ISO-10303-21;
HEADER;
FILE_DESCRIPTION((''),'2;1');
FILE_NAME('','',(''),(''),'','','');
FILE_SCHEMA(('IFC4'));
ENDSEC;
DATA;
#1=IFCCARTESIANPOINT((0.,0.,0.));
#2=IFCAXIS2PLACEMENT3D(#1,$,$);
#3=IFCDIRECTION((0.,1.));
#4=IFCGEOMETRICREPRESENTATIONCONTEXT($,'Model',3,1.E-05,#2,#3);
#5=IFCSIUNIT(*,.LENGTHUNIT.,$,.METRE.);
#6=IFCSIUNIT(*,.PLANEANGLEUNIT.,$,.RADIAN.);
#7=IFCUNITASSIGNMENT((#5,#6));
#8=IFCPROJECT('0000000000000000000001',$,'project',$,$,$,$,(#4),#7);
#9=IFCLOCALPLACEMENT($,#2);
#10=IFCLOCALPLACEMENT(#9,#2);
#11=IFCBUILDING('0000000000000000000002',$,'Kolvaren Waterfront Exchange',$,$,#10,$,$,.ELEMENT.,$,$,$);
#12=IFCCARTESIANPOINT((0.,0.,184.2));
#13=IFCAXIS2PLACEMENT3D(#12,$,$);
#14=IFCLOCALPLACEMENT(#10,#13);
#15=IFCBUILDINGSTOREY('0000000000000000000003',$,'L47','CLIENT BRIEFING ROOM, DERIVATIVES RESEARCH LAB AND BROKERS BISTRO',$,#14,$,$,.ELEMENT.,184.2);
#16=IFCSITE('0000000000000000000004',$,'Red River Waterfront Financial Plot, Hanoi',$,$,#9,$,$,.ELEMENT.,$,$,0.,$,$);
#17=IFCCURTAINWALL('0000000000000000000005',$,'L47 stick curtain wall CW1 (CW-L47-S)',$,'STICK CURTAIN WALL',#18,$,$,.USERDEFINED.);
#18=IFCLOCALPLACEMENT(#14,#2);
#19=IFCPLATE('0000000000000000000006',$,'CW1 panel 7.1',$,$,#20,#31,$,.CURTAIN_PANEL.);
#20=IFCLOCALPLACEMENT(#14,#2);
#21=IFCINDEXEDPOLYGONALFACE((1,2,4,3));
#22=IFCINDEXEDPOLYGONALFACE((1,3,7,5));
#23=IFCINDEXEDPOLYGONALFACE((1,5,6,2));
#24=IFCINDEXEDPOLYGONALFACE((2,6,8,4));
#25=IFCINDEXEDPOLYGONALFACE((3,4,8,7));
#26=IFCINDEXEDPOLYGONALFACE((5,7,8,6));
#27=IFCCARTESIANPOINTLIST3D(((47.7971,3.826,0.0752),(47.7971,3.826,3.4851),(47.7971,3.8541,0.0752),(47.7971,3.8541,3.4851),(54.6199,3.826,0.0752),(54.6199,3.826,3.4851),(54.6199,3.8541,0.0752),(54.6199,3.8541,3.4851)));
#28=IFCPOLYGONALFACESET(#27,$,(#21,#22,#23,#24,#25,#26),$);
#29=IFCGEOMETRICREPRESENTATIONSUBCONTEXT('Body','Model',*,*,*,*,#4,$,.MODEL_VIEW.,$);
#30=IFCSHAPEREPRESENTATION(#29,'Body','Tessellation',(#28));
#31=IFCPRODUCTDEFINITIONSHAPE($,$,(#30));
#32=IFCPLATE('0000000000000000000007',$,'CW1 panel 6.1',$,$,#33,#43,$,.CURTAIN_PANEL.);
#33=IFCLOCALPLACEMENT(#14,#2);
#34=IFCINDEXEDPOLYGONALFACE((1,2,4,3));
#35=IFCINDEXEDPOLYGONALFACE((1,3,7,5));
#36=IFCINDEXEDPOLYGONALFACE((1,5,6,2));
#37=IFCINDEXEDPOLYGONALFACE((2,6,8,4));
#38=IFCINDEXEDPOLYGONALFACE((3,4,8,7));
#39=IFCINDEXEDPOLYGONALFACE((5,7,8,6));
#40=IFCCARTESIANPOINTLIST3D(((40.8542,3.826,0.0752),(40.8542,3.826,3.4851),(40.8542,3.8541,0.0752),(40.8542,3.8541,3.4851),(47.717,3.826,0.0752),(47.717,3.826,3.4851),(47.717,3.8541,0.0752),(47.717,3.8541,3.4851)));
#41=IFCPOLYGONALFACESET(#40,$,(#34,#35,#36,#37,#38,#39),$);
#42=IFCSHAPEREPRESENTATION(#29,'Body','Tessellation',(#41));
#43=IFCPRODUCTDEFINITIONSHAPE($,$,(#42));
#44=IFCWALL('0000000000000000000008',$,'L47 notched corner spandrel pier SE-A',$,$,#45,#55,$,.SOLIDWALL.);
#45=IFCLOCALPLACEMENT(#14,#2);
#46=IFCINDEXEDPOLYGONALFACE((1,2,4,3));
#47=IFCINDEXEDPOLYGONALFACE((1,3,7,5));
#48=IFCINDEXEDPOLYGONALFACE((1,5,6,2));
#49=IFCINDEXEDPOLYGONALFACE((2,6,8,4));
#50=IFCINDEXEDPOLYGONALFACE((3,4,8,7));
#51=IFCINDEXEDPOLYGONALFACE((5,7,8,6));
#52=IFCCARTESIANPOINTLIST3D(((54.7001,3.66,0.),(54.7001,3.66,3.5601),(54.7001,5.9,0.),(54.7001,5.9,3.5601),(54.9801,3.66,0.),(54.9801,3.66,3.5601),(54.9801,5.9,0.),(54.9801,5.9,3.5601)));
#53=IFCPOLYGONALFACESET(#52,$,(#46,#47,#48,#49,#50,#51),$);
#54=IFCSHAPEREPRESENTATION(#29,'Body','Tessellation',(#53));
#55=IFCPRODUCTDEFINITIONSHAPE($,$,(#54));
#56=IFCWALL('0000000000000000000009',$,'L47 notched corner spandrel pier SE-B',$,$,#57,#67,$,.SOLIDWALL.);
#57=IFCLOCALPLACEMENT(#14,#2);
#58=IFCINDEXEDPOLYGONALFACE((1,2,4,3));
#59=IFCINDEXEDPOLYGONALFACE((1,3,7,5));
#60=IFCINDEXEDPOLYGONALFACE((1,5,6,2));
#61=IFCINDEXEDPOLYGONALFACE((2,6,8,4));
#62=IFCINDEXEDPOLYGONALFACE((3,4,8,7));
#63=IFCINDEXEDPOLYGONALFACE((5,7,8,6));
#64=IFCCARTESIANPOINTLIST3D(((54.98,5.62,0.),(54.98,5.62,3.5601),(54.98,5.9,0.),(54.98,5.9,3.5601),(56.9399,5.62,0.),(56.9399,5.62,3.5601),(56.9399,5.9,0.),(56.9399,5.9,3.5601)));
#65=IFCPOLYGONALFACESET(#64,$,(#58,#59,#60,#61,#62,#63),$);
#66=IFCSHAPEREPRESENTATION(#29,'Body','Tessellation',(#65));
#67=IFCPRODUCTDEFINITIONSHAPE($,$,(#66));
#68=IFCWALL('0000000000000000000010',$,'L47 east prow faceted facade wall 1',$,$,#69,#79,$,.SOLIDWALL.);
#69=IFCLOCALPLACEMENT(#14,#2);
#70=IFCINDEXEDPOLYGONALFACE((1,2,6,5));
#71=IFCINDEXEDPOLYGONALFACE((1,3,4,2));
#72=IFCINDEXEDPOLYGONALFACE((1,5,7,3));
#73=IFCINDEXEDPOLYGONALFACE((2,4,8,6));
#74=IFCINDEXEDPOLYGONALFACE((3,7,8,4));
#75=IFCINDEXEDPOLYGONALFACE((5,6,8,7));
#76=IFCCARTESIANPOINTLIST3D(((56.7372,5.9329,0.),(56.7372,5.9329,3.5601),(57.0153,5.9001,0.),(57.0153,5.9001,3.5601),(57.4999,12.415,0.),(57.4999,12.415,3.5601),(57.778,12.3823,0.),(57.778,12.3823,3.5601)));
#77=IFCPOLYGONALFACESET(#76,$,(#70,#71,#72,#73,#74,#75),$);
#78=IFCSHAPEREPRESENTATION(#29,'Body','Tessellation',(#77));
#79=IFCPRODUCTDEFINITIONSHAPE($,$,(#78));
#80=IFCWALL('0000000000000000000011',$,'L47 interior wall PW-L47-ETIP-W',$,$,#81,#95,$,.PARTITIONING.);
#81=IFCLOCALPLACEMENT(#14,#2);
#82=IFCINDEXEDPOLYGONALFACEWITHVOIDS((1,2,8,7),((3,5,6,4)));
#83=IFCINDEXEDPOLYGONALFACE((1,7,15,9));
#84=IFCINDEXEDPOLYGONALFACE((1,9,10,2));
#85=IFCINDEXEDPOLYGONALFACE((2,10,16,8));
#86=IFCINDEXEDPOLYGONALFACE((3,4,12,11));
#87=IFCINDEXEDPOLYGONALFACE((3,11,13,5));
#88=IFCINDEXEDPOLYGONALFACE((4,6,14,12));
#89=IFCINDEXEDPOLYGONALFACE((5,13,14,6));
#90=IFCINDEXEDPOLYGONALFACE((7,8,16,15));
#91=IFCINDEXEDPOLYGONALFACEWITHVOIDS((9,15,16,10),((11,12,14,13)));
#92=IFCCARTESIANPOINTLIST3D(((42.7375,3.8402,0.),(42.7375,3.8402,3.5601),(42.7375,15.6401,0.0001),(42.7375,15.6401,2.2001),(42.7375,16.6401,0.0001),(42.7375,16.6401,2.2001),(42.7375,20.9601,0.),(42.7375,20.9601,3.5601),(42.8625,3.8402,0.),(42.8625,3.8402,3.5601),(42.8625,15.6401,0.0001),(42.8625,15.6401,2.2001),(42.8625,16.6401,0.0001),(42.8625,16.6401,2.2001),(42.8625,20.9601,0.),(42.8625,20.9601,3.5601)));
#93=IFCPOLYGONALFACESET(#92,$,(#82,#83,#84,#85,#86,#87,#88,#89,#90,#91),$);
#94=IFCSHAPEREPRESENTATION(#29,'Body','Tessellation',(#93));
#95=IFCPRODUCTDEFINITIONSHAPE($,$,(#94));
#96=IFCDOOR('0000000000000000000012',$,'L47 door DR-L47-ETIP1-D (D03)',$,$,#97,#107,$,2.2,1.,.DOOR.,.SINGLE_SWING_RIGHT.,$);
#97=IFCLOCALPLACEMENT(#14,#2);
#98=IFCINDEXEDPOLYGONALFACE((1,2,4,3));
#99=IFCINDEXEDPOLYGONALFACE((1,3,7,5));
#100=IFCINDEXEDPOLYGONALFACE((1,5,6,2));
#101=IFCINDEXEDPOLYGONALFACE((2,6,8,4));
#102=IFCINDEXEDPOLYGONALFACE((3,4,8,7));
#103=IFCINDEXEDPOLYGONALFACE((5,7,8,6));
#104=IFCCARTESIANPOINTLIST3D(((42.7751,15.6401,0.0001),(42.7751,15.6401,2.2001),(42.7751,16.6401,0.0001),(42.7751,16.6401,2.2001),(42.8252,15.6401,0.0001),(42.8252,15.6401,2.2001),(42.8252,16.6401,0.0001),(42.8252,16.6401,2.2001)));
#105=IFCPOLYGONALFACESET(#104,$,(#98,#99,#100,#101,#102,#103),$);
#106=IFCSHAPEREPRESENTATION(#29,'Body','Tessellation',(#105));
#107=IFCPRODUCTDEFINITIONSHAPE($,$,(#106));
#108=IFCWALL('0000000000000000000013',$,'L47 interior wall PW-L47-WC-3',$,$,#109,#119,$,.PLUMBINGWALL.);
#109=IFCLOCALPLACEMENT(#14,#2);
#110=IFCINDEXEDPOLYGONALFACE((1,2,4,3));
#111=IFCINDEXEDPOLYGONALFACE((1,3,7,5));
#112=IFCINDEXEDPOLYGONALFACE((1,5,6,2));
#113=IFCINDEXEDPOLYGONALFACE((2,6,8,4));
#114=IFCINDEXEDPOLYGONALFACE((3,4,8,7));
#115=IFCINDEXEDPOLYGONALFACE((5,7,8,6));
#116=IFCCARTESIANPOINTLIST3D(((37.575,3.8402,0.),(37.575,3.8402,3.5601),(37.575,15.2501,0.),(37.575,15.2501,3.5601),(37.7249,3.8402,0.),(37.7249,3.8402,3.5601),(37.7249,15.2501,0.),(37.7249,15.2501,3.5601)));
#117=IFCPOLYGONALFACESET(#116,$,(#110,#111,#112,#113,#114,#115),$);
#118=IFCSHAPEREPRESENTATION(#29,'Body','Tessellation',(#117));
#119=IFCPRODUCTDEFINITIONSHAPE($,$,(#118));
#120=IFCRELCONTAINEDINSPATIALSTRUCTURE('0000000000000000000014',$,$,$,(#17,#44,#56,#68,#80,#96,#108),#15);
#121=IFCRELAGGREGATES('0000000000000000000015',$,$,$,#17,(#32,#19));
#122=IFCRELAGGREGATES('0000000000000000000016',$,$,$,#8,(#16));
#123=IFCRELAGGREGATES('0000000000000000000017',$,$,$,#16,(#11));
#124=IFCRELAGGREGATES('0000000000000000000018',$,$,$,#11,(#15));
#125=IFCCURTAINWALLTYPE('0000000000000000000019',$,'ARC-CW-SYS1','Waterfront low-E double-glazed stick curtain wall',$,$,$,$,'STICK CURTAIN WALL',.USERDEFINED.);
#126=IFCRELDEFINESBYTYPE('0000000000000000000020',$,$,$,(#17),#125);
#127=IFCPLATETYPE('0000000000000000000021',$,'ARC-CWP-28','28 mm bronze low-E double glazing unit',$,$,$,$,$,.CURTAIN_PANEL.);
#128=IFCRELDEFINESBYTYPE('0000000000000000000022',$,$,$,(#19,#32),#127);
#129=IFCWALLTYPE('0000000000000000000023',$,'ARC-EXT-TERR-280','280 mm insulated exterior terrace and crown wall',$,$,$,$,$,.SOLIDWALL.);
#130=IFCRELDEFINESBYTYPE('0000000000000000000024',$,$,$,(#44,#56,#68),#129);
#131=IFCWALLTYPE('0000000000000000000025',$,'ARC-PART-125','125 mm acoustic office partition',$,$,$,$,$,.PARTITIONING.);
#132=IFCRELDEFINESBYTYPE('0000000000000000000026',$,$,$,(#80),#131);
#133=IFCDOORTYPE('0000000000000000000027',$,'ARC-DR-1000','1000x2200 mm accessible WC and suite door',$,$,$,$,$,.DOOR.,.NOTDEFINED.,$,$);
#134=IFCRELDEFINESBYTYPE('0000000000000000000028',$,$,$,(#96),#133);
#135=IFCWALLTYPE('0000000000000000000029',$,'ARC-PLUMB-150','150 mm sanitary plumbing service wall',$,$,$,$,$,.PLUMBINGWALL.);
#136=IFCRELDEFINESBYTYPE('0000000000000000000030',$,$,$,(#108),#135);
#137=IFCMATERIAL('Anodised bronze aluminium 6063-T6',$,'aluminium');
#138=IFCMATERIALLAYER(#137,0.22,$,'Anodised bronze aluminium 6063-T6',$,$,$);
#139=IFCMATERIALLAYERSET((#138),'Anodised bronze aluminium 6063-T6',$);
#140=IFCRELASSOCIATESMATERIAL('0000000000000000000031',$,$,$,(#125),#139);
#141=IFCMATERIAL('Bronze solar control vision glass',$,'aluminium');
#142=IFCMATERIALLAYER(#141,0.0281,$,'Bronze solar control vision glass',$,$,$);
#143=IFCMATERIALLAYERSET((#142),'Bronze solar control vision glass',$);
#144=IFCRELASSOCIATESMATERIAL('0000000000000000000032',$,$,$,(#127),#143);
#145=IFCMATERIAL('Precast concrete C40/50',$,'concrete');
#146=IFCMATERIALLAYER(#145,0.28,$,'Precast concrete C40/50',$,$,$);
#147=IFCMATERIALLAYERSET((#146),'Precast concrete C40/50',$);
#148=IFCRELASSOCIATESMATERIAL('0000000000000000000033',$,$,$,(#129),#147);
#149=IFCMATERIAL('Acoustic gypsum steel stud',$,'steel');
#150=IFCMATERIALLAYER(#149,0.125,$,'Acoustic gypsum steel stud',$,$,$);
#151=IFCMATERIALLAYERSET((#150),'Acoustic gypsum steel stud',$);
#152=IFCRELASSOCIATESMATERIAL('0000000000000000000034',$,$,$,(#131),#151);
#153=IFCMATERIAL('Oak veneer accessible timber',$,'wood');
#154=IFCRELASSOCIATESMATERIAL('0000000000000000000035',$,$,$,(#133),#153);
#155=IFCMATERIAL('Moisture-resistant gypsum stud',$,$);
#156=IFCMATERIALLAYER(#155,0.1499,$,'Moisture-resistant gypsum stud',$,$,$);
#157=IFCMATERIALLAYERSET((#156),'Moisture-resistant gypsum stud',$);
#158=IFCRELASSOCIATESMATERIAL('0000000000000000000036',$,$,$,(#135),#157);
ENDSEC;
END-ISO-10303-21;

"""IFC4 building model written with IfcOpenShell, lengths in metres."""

from ifc_helpers import new_model, si_unit, direction, frame, frame_2d, origin, origin_with_axes, origin_2d, place, context, subcontext, project, spatial, rectangle, extrude, source, transform, mapped, material, layer, layer_set, type_object, element, fill, aggregate, save


model = new_model("IFC4")

# Units and contexts
model_context = context("Model", 3, precision=1e-05, world=origin(), true_north=direction((0.0, 1.0)))
body_context = subcontext(model_context, "Body", "Model", "MODEL_VIEW")
ifc_project = project(units=[si_unit("LENGTHUNIT", "METRE"), si_unit("PLANEANGLEUNIT", "RADIAN")], contexts=[model_context])

# Site, building, storey
site_placement = place(None, origin())
site = spatial("IfcSite", under=ifc_project, at=site_placement, Name="Red River Waterfront Financial Plot, Hanoi", CompositionType="ELEMENT", RefElevation=0.0)
building_placement = place(site_placement, origin())
building = spatial("IfcBuilding", under=site, at=building_placement, Name="Kolvaren Waterfront Exchange", CompositionType="ELEMENT")
storey_placement = place(building_placement, frame((0.0, 0.0, 184.2)))
storey = spatial("IfcBuildingStorey", under=building, at=storey_placement, Name="L47", Description="CLIENT BRIEFING ROOM, DERIVATIVES RESEARCH LAB AND BROKERS BISTRO", CompositionType="ELEMENT", Elevation=184.2)

# Curtain wall, plates
ifc_material_1 = material(Name="Anodised bronze aluminium 6063-T6", Category="aluminium")
ifc_layer_1 = layer(ifc_material_1, 0.22, Name="Anodised bronze aluminium 6063-T6")
ifc_layer_set_1 = layer_set([ifc_layer_1], Name="Anodised bronze aluminium 6063-T6")
curtain_wall_type = type_object("IfcCurtainWallType", Name="ARC-CW-SYS1", Description="Waterfront low-E double-glazed stick curtain wall", ElementType="STICK CURTAIN WALL", PredefinedType="USERDEFINED", material=ifc_layer_set_1)
curtain_wall_placement = place(storey_placement, origin())
curtain_wall = element("IfcCurtainWall", 1, at=curtain_wall_placement, inside=storey, type_object=curtain_wall_type, Name="L47 stick curtain wall CW1 (CW-L47-S)", ObjectType="STICK CURTAIN WALL", PredefinedType="USERDEFINED")
ifc_material_2 = material(Name="Bronze solar control vision glass", Category="aluminium")
ifc_layer_2 = layer(ifc_material_2, 0.0281, Name="Bronze solar control vision glass")
ifc_layer_set_2 = layer_set([ifc_layer_2], Name="Bronze solar control vision glass")
plate_type = type_object("IfcPlateType", Name="ARC-CWP-28", Description="28 mm bronze low-E double glazing unit", PredefinedType="CURTAIN_PANEL", material=ifc_layer_set_2)
shared_shape_1 = source(origin_with_axes(), body_context, "Body", "SweptSolid", [
    extrude(rectangle(XDim=6.8228, YDim=0.0281, at=origin_2d()), origin(), (0.0, 0.0, 1.0), 3.4099),
])
plate_1_placement = place(storey_placement, frame((51.2085, 3.8401, 0.0752), z_axis=(0.0, 0.0, 1.0), x_axis=(1.0, 0.0, 0.0)))
plate_1 = element("IfcPlate", 2, at=plate_1_placement, type_object=plate_type, Name="CW1 panel 7.1", PredefinedType="CURTAIN_PANEL", context=body_context, shape_type="MappedRepresentation", body=[
    mapped(shared_shape_1, transform((0.0, 0.0, 0.0), x_axis=(1.0, 0.0, 0.0), y_axis=(0.0, 1.0, 0.0), z_axis=(0.0, 0.0, 1.0), scale=1.0)),
])
shared_shape_2 = source(origin_with_axes(), body_context, "Body", "SweptSolid", [
    extrude(rectangle(XDim=6.8628, YDim=0.0281, at=origin_2d()), origin(), (0.0, 0.0, 1.0), 3.4099),
])
plate_2_placement = place(storey_placement, frame((44.2856, 3.8401, 0.0752), z_axis=(0.0, 0.0, 1.0), x_axis=(1.0, 0.0, 0.0)))
plate_2 = element("IfcPlate", 3, at=plate_2_placement, type_object=plate_type, Name="CW1 panel 6.1", PredefinedType="CURTAIN_PANEL", context=body_context, shape_type="MappedRepresentation", body=[
    mapped(shared_shape_2, transform((0.0, 0.0, 0.0), x_axis=(1.0, 0.0, 0.0), y_axis=(0.0, 1.0, 0.0), z_axis=(0.0, 0.0, 1.0), scale=1.0)),
])
aggregate(curtain_wall, [plate_2, plate_1])

# Walls
ifc_material_3 = material(Name="Precast concrete C40/50", Category="concrete")
ifc_layer_3 = layer(ifc_material_3, 0.28, Name="Precast concrete C40/50")
ifc_layer_set_3 = layer_set([ifc_layer_3], Name="Precast concrete C40/50")
wall_type_1 = type_object("IfcWallType", Name="ARC-EXT-TERR-280", Description="280 mm insulated exterior terrace and crown wall", PredefinedType="SOLIDWALL", material=ifc_layer_set_3)
wall_1_placement = place(storey_placement, frame((54.8401, 3.6599, 0.0), z_axis=(0.0, 0.0, 1.0), x_axis=(0.0, 1.0, 0.0)))
element("IfcWall", 4, at=wall_1_placement, inside=storey, type_object=wall_type_1, Name="L47 notched corner spandrel pier SE-A", PredefinedType="SOLIDWALL", context=body_context, shape_type="SweptSolid", body=[
    extrude(rectangle(XDim=2.24, YDim=0.28, at=frame_2d((1.1201, 0.0))), origin(), (0.0, 0.0, 1.0), 3.5601),
])
wall_2_placement = place(storey_placement, frame((54.98, 5.76, 0.0), z_axis=(0.0, 0.0, 1.0), x_axis=(1.0, 0.0, 0.0)))
element("IfcWall", 5, at=wall_2_placement, inside=storey, type_object=wall_type_1, Name="L47 notched corner spandrel pier SE-B", PredefinedType="SOLIDWALL", context=body_context, shape_type="SweptSolid", body=[
    extrude(rectangle(XDim=1.96, YDim=0.28, at=frame_2d((0.98, 0.0))), origin(), (0.0, 0.0, 1.0), 3.5601),
])
wall_3_placement = place(storey_placement, frame((56.8762, 5.9165, 0.0), z_axis=(0.0, 0.0, 1.0), x_axis=(0.116854, 0.993149, 0.0)))
element("IfcWall", 6, at=wall_3_placement, inside=storey, type_object=wall_type_1, Name="L47 east prow faceted facade wall 1", PredefinedType="SOLIDWALL", context=body_context, shape_type="SweptSolid", body=[
    extrude(rectangle(XDim=6.5269, YDim=0.28, at=frame_2d((3.2634, 0.0))), origin(), (0.0, 0.0, 1.0), 3.5601),
])

# Wall, opening, door
ifc_material_4 = material(Name="Acoustic gypsum steel stud", Category="steel")
ifc_layer_4 = layer(ifc_material_4, 0.125, Name="Acoustic gypsum steel stud")
ifc_layer_set_4 = layer_set([ifc_layer_4], Name="Acoustic gypsum steel stud")
wall_type_2 = type_object("IfcWallType", Name="ARC-PART-125", Description="125 mm acoustic office partition", PredefinedType="PARTITIONING", material=ifc_layer_set_4)
wall_4_placement = place(storey_placement, frame((42.8, 3.8401, 0.0), z_axis=(0.0, 0.0, 1.0), x_axis=(0.0, 1.0, 0.0)))
wall_4 = element("IfcWall", 7, at=wall_4_placement, inside=storey, type_object=wall_type_2, Name="L47 interior wall PW-L47-ETIP-W", PredefinedType="PARTITIONING", context=body_context, shape_type="SweptSolid", body=[
    extrude(rectangle(XDim=17.1199, YDim=0.125, at=frame_2d((8.5601, 0.0))), origin(), (0.0, 0.0, 1.0), 3.5601),
])
opening_placement = place(wall_4_placement, frame((11.8, 0.0, 0.0)))
opening = element("IfcOpeningElement", 8, at=opening_placement, cuts=wall_4, PredefinedType="OPENING", context=body_context, shape_type="SweptSolid", body=[
    extrude(rectangle(XDim=1.0, YDim=2.2, at=frame_2d((0.5, 1.1001))), frame((0.0, 0.0725, 0.0), z_axis=(0.0, -1.0, 0.0), x_axis=(1.0, 0.0, 0.0)), (0.0, 0.0, 1.0), 0.145),
])
ifc_material_5 = material(Name="Oak veneer accessible timber", Category="wood")
door_type = type_object("IfcDoorType", Name="ARC-DR-1000", Description="1000x2200 mm accessible WC and suite door", OperationType="NOTDEFINED", PredefinedType="DOOR", material=ifc_material_5)
door_placement = place(opening_placement, origin())
door = element("IfcDoor", 9, at=door_placement, inside=storey, type_object=door_type, Name="L47 door DR-L47-ETIP1-D (D03)", OperationType="SINGLE_SWING_RIGHT", OverallHeight=2.2, OverallWidth=1.0, PredefinedType="DOOR", context=body_context, shape_type="SweptSolid", body=[
    extrude(rectangle(XDim=1.0, YDim=2.2, at=frame_2d((0.5, 1.1001))), frame((0.0, 0.0249, 0.0), z_axis=(0.0, -1.0, 0.0), x_axis=(1.0, 0.0, 0.0)), (0.0, 0.0, 1.0), 0.05),
])
fill(opening, door)

# Wall
ifc_material_6 = material(Name="Moisture-resistant gypsum stud")
ifc_layer_5 = layer(ifc_material_6, 0.1499, Name="Moisture-resistant gypsum stud")
ifc_layer_set_5 = layer_set([ifc_layer_5], Name="Moisture-resistant gypsum stud")
wall_type_3 = type_object("IfcWallType", Name="ARC-PLUMB-150", Description="150 mm sanitary plumbing service wall", PredefinedType="PLUMBINGWALL", material=ifc_layer_set_5)
wall_5_placement = place(storey_placement, frame((37.6499, 3.8401, 0.0), z_axis=(0.0, 0.0, 1.0), x_axis=(0.0, 1.0, 0.0)))
element("IfcWall", 10, at=wall_5_placement, inside=storey, type_object=wall_type_3, Name="L47 interior wall PW-L47-WC-3", PredefinedType="PLUMBINGWALL", context=body_context, shape_type="SweptSolid", body=[
    extrude(rectangle(XDim=11.4099, YDim=0.1499, at=frame_2d((5.7051, 0.0))), origin(), (0.0, 0.0, 1.0), 3.5601),
])

save(model, "model.ifc")
